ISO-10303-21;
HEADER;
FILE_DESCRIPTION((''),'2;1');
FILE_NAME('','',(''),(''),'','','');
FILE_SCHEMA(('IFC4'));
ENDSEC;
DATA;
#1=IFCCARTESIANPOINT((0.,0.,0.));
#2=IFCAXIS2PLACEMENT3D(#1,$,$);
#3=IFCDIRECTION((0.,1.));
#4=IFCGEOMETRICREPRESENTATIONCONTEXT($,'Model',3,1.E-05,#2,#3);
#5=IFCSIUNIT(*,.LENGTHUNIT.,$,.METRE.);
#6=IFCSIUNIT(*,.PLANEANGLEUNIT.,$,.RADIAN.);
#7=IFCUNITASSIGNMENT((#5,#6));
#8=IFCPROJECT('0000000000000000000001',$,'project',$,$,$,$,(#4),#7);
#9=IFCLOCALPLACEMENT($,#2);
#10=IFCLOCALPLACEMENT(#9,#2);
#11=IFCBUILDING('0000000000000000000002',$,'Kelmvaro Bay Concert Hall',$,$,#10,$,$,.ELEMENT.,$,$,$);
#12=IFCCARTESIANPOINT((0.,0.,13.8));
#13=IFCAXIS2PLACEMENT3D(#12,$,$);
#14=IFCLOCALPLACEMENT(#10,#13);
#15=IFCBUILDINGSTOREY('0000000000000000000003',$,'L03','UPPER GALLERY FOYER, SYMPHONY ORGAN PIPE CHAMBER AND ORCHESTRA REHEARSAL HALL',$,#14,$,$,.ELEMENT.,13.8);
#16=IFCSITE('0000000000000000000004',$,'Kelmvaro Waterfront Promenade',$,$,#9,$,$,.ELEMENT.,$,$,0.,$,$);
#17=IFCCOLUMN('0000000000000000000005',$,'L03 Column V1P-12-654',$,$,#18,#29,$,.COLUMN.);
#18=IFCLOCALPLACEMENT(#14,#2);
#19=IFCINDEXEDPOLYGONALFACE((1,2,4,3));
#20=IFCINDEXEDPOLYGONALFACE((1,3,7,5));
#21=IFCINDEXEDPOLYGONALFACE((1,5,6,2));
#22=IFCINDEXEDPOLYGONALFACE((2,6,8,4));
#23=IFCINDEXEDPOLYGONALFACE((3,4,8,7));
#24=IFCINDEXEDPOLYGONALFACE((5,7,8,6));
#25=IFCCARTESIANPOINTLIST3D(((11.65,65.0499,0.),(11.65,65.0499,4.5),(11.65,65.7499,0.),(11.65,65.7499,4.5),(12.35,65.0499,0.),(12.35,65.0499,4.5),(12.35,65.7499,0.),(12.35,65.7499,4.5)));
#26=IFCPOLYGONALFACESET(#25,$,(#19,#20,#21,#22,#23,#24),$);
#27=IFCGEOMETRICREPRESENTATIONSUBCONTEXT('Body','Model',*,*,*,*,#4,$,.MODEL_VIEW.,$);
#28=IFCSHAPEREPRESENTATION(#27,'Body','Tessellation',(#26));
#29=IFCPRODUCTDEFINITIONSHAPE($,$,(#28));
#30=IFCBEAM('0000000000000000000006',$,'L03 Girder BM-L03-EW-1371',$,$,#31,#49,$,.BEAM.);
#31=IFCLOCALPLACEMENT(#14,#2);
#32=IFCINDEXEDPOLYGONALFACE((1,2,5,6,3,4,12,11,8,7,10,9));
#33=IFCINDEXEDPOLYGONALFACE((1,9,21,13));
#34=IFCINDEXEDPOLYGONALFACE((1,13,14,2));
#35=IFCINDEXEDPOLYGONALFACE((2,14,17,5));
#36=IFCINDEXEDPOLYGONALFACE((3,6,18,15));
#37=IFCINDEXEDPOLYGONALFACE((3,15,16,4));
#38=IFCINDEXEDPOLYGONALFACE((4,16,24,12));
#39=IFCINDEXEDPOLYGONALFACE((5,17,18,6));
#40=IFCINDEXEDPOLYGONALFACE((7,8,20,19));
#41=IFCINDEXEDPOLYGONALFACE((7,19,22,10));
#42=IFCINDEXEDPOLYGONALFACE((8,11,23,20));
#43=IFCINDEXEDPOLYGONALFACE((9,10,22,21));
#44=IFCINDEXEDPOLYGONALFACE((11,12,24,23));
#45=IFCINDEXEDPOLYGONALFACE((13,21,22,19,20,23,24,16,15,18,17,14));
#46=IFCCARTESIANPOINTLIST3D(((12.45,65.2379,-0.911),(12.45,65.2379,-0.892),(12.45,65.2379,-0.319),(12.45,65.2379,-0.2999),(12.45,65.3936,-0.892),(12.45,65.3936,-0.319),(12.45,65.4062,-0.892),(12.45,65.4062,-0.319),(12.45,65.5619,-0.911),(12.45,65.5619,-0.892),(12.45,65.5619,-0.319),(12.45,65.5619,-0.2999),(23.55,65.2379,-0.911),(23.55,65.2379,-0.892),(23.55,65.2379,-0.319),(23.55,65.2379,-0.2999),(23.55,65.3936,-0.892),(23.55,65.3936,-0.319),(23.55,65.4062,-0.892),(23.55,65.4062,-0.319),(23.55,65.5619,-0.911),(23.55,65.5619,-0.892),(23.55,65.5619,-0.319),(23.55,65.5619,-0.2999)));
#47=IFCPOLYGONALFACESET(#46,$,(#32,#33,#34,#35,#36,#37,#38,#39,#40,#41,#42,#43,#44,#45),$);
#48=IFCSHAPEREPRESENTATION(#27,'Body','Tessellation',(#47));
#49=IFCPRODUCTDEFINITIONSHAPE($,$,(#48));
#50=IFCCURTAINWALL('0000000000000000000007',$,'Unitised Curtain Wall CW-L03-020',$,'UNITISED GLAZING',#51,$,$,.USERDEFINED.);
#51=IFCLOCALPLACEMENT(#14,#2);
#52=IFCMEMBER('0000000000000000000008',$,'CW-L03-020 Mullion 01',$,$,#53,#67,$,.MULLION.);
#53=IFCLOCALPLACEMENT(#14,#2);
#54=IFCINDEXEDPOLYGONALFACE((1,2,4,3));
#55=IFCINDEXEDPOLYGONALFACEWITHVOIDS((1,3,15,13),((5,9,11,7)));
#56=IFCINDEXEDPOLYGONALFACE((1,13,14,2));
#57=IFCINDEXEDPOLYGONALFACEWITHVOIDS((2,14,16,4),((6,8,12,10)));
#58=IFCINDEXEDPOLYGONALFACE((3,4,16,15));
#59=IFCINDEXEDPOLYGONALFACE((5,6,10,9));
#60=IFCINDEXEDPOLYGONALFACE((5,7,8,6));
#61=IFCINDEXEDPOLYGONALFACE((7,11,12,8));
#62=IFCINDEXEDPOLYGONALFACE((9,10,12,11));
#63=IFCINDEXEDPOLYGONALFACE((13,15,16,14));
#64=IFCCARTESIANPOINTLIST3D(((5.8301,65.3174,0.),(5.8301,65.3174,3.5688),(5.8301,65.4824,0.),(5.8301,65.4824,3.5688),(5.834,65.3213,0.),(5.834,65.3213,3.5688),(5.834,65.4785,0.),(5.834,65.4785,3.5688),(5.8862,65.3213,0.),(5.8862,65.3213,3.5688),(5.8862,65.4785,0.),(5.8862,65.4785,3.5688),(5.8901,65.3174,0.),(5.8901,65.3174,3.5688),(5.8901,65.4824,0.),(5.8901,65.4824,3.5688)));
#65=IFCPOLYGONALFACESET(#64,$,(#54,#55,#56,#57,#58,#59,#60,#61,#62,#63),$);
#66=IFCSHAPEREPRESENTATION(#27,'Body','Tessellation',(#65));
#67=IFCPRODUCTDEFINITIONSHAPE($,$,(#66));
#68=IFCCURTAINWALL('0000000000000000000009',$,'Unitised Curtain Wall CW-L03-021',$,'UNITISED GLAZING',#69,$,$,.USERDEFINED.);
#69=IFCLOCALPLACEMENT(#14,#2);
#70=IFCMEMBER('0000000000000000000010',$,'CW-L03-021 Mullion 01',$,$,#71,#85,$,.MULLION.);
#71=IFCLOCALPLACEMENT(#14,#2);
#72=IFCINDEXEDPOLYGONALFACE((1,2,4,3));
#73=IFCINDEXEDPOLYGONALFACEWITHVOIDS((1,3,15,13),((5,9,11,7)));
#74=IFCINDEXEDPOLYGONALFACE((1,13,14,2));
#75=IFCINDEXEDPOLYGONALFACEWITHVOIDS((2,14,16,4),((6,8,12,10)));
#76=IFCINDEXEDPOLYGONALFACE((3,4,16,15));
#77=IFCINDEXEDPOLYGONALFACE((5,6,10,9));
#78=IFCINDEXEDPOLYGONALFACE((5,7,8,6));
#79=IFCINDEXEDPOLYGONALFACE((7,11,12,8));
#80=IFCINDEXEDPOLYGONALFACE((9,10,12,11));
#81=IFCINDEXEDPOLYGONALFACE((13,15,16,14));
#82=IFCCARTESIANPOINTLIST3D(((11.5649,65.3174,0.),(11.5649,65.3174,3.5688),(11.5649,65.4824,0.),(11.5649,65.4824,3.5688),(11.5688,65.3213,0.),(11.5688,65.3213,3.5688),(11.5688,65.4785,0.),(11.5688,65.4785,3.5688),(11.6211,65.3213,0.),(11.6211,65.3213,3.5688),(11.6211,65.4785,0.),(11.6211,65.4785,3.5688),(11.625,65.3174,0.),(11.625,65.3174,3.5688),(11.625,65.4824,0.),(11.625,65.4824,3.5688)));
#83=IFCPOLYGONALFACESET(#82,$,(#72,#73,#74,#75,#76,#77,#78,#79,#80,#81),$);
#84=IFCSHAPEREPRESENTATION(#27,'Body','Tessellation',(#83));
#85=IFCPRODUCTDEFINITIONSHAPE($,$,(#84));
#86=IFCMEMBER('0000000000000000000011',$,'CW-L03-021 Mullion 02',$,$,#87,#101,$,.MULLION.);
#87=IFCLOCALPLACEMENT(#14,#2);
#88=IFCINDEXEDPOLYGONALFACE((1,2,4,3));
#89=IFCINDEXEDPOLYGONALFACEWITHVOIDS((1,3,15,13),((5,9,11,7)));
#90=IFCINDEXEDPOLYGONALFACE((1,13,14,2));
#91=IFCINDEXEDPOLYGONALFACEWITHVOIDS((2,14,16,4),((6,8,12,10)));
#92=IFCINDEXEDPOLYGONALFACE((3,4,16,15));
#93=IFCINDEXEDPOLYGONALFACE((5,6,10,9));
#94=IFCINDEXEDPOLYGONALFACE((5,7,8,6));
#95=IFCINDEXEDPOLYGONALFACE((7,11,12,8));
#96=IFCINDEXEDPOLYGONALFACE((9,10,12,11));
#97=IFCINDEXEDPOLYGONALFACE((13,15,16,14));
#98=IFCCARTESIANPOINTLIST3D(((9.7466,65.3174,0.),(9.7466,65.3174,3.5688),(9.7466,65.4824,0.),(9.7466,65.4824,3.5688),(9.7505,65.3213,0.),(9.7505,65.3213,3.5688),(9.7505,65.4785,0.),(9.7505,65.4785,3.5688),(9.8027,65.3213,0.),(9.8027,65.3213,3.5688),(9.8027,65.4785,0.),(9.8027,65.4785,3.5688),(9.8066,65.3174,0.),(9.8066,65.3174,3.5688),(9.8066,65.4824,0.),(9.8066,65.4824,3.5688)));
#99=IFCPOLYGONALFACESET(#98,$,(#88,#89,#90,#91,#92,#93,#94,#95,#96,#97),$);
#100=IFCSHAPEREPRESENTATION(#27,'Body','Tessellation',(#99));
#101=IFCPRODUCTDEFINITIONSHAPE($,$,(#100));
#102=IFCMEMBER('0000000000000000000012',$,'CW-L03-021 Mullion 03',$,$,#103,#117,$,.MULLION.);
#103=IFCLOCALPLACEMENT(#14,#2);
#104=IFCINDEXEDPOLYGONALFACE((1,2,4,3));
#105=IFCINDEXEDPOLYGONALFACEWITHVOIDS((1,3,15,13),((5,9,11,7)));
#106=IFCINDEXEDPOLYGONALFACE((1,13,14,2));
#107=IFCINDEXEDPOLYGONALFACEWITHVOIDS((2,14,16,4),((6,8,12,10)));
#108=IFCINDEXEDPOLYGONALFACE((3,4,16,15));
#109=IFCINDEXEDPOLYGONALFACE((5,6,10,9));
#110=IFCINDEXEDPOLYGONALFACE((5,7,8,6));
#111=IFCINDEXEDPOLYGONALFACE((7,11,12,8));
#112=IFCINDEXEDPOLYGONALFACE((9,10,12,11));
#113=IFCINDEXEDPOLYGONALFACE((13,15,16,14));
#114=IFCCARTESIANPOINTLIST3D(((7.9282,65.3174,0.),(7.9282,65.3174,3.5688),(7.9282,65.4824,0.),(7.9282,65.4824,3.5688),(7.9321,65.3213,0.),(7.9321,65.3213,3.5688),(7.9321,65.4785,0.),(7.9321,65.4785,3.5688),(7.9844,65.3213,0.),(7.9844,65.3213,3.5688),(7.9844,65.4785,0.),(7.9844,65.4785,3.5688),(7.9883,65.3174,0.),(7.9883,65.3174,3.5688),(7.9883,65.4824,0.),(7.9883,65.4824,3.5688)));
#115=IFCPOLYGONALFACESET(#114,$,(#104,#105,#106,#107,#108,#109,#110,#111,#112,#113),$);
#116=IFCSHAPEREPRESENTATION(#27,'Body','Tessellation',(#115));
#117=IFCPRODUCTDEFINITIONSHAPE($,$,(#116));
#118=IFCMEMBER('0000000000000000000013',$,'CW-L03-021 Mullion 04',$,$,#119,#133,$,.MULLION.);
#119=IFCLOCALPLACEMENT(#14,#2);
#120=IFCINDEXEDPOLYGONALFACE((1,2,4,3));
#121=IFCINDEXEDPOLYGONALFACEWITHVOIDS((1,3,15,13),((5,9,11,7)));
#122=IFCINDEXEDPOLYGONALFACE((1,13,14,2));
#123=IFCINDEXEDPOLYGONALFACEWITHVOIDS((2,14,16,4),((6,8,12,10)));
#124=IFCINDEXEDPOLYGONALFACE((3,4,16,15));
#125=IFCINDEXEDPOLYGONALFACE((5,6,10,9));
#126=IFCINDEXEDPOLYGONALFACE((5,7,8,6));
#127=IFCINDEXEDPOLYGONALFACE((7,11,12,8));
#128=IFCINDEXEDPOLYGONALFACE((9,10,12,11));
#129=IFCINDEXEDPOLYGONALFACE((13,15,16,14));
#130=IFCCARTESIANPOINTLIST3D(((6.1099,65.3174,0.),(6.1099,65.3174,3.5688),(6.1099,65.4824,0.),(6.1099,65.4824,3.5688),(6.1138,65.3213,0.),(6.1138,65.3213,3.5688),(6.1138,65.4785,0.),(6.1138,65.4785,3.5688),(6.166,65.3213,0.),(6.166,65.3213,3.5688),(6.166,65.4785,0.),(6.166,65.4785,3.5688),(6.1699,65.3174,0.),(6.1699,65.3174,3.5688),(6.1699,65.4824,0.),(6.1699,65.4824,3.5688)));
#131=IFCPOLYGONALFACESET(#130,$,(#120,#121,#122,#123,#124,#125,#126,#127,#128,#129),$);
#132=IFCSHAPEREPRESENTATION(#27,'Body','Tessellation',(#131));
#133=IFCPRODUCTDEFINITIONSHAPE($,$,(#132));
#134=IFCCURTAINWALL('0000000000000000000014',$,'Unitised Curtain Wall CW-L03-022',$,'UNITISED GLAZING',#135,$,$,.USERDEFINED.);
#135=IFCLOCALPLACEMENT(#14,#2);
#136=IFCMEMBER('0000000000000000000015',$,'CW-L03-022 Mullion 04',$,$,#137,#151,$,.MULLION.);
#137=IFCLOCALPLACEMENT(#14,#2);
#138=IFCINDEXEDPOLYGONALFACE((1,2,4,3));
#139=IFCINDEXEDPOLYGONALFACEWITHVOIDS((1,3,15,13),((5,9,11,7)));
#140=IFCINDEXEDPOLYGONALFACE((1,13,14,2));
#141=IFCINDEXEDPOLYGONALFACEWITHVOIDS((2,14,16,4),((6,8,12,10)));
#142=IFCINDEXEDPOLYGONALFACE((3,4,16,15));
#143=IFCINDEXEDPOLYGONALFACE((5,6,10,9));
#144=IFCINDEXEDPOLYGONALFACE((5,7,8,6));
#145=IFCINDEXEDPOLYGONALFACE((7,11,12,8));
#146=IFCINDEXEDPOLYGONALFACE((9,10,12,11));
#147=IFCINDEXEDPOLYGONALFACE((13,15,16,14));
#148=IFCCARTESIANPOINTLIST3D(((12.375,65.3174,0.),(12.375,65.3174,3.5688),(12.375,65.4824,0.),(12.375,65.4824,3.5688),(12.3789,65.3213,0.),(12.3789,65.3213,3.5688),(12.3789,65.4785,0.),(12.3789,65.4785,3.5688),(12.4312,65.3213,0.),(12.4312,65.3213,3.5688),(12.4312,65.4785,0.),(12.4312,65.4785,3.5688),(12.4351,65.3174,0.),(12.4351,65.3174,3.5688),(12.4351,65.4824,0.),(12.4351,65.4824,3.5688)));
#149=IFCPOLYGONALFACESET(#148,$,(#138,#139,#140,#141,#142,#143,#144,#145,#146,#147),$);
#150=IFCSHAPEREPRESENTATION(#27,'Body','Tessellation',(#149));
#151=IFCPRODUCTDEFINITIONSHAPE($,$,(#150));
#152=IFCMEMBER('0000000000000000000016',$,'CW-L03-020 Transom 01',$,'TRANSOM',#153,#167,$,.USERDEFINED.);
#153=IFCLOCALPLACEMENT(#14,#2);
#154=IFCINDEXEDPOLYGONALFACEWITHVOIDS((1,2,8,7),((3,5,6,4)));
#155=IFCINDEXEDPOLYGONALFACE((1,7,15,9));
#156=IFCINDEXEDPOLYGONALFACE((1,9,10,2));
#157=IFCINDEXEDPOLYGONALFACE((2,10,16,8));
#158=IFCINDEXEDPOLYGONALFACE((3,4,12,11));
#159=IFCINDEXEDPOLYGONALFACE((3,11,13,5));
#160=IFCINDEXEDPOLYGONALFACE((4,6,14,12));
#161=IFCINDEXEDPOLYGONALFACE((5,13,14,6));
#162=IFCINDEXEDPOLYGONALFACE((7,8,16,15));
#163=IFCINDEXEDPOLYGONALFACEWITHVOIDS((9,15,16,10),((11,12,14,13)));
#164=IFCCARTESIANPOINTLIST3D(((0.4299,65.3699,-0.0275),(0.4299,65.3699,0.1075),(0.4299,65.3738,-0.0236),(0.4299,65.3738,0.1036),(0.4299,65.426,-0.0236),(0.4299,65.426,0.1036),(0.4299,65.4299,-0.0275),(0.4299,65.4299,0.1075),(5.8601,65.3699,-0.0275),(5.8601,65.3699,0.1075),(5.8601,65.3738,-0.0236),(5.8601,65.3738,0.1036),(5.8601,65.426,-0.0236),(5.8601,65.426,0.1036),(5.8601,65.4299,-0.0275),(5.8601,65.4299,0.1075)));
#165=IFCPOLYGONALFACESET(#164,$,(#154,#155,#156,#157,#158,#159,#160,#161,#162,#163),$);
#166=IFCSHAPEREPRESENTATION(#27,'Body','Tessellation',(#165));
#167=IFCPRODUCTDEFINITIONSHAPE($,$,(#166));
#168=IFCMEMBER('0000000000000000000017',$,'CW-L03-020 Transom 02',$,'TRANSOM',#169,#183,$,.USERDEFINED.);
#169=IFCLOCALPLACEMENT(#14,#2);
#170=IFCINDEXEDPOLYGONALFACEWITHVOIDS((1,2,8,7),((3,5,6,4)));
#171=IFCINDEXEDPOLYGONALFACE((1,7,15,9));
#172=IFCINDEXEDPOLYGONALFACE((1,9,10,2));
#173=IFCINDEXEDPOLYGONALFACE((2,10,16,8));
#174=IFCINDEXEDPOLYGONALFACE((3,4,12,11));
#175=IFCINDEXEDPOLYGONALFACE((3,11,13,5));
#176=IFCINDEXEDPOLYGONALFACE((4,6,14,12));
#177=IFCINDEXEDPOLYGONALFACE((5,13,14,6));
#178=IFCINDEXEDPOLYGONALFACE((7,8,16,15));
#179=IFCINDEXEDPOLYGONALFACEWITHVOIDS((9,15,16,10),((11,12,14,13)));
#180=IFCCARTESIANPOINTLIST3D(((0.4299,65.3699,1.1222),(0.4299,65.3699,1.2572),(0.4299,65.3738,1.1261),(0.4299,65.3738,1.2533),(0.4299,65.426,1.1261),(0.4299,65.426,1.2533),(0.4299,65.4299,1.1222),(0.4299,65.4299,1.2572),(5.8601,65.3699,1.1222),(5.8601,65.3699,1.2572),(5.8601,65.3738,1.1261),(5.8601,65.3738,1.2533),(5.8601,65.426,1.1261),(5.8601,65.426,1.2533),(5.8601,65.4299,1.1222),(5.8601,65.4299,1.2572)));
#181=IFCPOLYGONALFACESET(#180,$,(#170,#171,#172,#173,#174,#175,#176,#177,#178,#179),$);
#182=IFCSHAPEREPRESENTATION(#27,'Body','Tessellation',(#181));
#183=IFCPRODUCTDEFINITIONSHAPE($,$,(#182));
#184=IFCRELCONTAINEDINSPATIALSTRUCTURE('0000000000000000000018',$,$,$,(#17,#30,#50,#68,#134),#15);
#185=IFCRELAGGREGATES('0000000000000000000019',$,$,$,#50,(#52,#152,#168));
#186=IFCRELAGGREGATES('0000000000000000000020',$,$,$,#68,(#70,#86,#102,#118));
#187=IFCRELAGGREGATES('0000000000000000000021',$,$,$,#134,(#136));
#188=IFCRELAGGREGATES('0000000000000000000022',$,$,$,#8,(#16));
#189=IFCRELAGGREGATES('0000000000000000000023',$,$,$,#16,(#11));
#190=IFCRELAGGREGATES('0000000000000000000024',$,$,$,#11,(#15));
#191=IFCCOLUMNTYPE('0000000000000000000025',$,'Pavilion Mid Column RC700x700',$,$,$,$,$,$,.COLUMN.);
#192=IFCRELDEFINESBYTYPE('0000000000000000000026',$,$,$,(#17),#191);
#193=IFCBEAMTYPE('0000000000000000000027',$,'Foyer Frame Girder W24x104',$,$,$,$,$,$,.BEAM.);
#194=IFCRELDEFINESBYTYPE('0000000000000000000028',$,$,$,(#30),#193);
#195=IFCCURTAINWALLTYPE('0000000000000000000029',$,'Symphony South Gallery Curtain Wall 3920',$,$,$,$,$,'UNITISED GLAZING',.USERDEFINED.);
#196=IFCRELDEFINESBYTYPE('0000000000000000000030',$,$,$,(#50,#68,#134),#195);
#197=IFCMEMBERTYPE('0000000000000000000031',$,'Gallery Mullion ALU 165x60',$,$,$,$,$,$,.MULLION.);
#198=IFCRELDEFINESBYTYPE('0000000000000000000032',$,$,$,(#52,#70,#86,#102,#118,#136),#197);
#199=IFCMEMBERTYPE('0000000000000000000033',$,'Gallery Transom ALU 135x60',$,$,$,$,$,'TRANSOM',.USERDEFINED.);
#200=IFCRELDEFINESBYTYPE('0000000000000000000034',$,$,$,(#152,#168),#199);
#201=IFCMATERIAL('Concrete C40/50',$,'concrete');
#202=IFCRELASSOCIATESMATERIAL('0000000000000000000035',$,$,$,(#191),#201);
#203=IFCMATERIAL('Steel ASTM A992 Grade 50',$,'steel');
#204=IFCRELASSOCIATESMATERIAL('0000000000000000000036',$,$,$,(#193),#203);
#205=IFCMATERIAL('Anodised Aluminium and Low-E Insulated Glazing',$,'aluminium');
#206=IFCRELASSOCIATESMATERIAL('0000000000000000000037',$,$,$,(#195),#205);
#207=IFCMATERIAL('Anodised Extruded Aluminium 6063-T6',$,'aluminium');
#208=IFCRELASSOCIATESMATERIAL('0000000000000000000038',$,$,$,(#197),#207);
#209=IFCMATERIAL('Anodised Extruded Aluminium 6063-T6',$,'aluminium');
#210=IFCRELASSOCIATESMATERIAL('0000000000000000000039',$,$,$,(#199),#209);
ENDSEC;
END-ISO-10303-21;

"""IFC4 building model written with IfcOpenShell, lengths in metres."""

from ifc_helpers import new_model, si_unit, direction, frame, origin, origin_2d, place, context, subcontext, project, spatial, rectangle, hollow_rectangle, i_section, extrude, material, material_profile, profile_set, type_object, element, aggregate, save


model = new_model("IFC4")

# Units and contexts
model_context = context("Model", 3, precision=1e-05, world=origin(), true_north=direction((0.0, 1.0)))
body_context = subcontext(model_context, "Body", "Model", "MODEL_VIEW")
ifc_project = project(units=[si_unit("LENGTHUNIT", "METRE"), si_unit("PLANEANGLEUNIT", "RADIAN")], contexts=[model_context])

# Site, building, storey
site_placement = place(None, origin())
site = spatial("IfcSite", under=ifc_project, at=site_placement, Name="Kelmvaro Waterfront Promenade", CompositionType="ELEMENT", RefElevation=0.0)
building_placement = place(site_placement, origin())
building = spatial("IfcBuilding", under=site, at=building_placement, Name="Kelmvaro Bay Concert Hall", CompositionType="ELEMENT")
storey_placement = place(building_placement, frame((0.0, 0.0, 13.8)))
storey = spatial("IfcBuildingStorey", under=building, at=storey_placement, Name="L03", Description="UPPER GALLERY FOYER, SYMPHONY ORGAN PIPE CHAMBER AND ORCHESTRA REHEARSAL HALL", CompositionType="ELEMENT", Elevation=13.8)

# Column
ifc_material_1 = material(Name="Concrete C40/50", Category="concrete")
ifc_material_profile_1 = material_profile(ifc_material_1, rectangle(XDim=0.7, YDim=0.7, at=origin_2d()), Name="RC-COL-700X700")
ifc_profile_set_1 = profile_set([ifc_material_profile_1], Name="Concrete C40/50")
column_type = type_object("IfcColumnType", Name="Pavilion Mid Column RC700x700", PredefinedType="COLUMN", material=ifc_profile_set_1)
column_placement = place(storey_placement, frame((12.0, 65.3999, 0.0), z_axis=(0.0, 0.0, 1.0), x_axis=(1.0, 0.0, 0.0)))
element("IfcColumn", 1, at=column_placement, inside=storey, type_object=column_type, Name="L03 Column V1P-12-654", PredefinedType="COLUMN", context=body_context, shape_type="SweptSolid", body=[
    extrude(rectangle(XDim=0.7, YDim=0.7, at=origin_2d()), origin(), (0.0, 0.0, 1.0), 4.5),
])

# Beam
ifc_material_2 = material(Name="Steel ASTM A992 Grade 50", Category="steel")
ifc_material_profile_2 = material_profile(ifc_material_2, i_section(OverallWidth=0.324, OverallDepth=0.6111, WebThickness=0.0127, FlangeThickness=0.019, at=origin_2d()), Name="W24X104")
ifc_profile_set_2 = profile_set([ifc_material_profile_2], Name="Steel ASTM A992 Grade 50")
beam_type = type_object("IfcBeamType", Name="Foyer Frame Girder W24x104", PredefinedType="BEAM", material=ifc_profile_set_2)
beam_placement = place(storey_placement, frame((12.45, 65.3999, -0.6055), z_axis=(1.0, 0.0, 0.0), x_axis=(0.0, 1.0, 0.0)))
element("IfcBeam", 2, at=beam_placement, inside=storey, type_object=beam_type, Name="L03 Girder BM-L03-EW-1371", PredefinedType="BEAM", context=body_context, shape_type="SweptSolid", body=[
    extrude(i_section(OverallWidth=0.324, OverallDepth=0.6111, WebThickness=0.0127, FlangeThickness=0.019, at=origin_2d()), origin(), (0.0, 0.0, 1.0), 11.1001),
])

# Curtain wall, member
ifc_material_3 = material(Name="Anodised Aluminium and Low-E Insulated Glazing", Category="aluminium")
curtain_wall_type = type_object("IfcCurtainWallType", Name="Symphony South Gallery Curtain Wall 3920", ElementType="UNITISED GLAZING", PredefinedType="USERDEFINED", material=ifc_material_3)
curtain_wall_1_placement = place(storey_placement, origin())
curtain_wall_1 = element("IfcCurtainWall", 3, at=curtain_wall_1_placement, inside=storey, type_object=curtain_wall_type, Name="Unitised Curtain Wall CW-L03-020", ObjectType="UNITISED GLAZING", PredefinedType="USERDEFINED")
ifc_material_4 = material(Name="Anodised Extruded Aluminium 6063-T6", Category="aluminium")
ifc_material_profile_3 = material_profile(ifc_material_4, hollow_rectangle(XDim=0.0601, YDim=0.165, WallThickness=0.0039, at=origin_2d()), Name="ALU-MUL-165X60")
ifc_profile_set_3 = profile_set([ifc_material_profile_3], Name="Anodised Extruded Aluminium 6063-T6")
member_type_1 = type_object("IfcMemberType", Name="Gallery Mullion ALU 165x60", PredefinedType="MULLION", material=ifc_profile_set_3)
member_1_placement = place(storey_placement, frame((5.8601, 65.3999, 0.0), z_axis=(0.0, 0.0, 1.0), x_axis=(1.0, 0.0, 0.0)))
member_1 = element("IfcMember", 4, at=member_1_placement, type_object=member_type_1, Name="CW-L03-020 Mullion 01", PredefinedType="MULLION", context=body_context, shape_type="SweptSolid", body=[
    extrude(hollow_rectangle(XDim=0.0601, YDim=0.165, WallThickness=0.0039, at=origin_2d()), origin(), (0.0, 0.0, 1.0), 3.5688),
])

# Curtain wall, members
curtain_wall_2_placement = place(storey_placement, origin())
curtain_wall_2 = element("IfcCurtainWall", 5, at=curtain_wall_2_placement, inside=storey, type_object=curtain_wall_type, Name="Unitised Curtain Wall CW-L03-021", ObjectType="UNITISED GLAZING", PredefinedType="USERDEFINED")
member_2_placement = place(storey_placement, frame((11.595, 65.3999, 0.0), z_axis=(0.0, 0.0, 1.0), x_axis=(1.0, 0.0, 0.0)))
member_2 = element("IfcMember", 6, at=member_2_placement, type_object=member_type_1, Name="CW-L03-021 Mullion 01", PredefinedType="MULLION", context=body_context, shape_type="SweptSolid", body=[
    extrude(hollow_rectangle(XDim=0.0601, YDim=0.165, WallThickness=0.0039, at=origin_2d()), origin(), (0.0, 0.0, 1.0), 3.5688),
])
member_3_placement = place(storey_placement, frame((9.7766, 65.3999, 0.0), z_axis=(0.0, 0.0, 1.0), x_axis=(1.0, 0.0, 0.0)))
member_3 = element("IfcMember", 7, at=member_3_placement, type_object=member_type_1, Name="CW-L03-021 Mullion 02", PredefinedType="MULLION", context=body_context, shape_type="SweptSolid", body=[
    extrude(hollow_rectangle(XDim=0.0601, YDim=0.165, WallThickness=0.0039, at=origin_2d()), origin(), (0.0, 0.0, 1.0), 3.5688),
])
member_4_placement = place(storey_placement, frame((7.9583, 65.3999, 0.0), z_axis=(0.0, 0.0, 1.0), x_axis=(1.0, 0.0, 0.0)))
member_4 = element("IfcMember", 8, at=member_4_placement, type_object=member_type_1, Name="CW-L03-021 Mullion 03", PredefinedType="MULLION", context=body_context, shape_type="SweptSolid", body=[
    extrude(hollow_rectangle(XDim=0.0601, YDim=0.165, WallThickness=0.0039, at=origin_2d()), origin(), (0.0, 0.0, 1.0), 3.5688),
])
member_5_placement = place(storey_placement, frame((6.1399, 65.3999, 0.0), z_axis=(0.0, 0.0, 1.0), x_axis=(1.0, 0.0, 0.0)))
member_5 = element("IfcMember", 9, at=member_5_placement, type_object=member_type_1, Name="CW-L03-021 Mullion 04", PredefinedType="MULLION", context=body_context, shape_type="SweptSolid", body=[
    extrude(hollow_rectangle(XDim=0.0601, YDim=0.165, WallThickness=0.0039, at=origin_2d()), origin(), (0.0, 0.0, 1.0), 3.5688),
])

# Curtain wall, member
curtain_wall_3_placement = place(storey_placement, origin())
curtain_wall_3 = element("IfcCurtainWall", 10, at=curtain_wall_3_placement, inside=storey, type_object=curtain_wall_type, Name="Unitised Curtain Wall CW-L03-022", ObjectType="UNITISED GLAZING", PredefinedType="USERDEFINED")
member_6_placement = place(storey_placement, frame((12.405, 65.3999, 0.0), z_axis=(0.0, 0.0, 1.0), x_axis=(1.0, 0.0, 0.0)))
member_6 = element("IfcMember", 11, at=member_6_placement, type_object=member_type_1, Name="CW-L03-022 Mullion 04", PredefinedType="MULLION", context=body_context, shape_type="SweptSolid", body=[
    extrude(hollow_rectangle(XDim=0.0601, YDim=0.165, WallThickness=0.0039, at=origin_2d()), origin(), (0.0, 0.0, 1.0), 3.5688),
])

# Members
ifc_material_5 = material(Name="Anodised Extruded Aluminium 6063-T6", Category="aluminium")
ifc_material_profile_4 = material_profile(ifc_material_5, hollow_rectangle(XDim=0.0601, YDim=0.135, WallThickness=0.0039, at=origin_2d()), Name="ALU-TRN-135X60")
ifc_profile_set_4 = profile_set([ifc_material_profile_4], Name="Anodised Extruded Aluminium 6063-T6")
member_type_2 = type_object("IfcMemberType", Name="Gallery Transom ALU 135x60", ElementType="TRANSOM", PredefinedType="USERDEFINED", material=ifc_profile_set_4)
member_7_placement = place(storey_placement, frame((5.8601, 65.3999, 0.04), z_axis=(-1.0, 0.0, 0.0), x_axis=(0.0, -1.0, 0.0)))
member_7 = element("IfcMember", 12, at=member_7_placement, type_object=member_type_2, Name="CW-L03-020 Transom 01", ObjectType="TRANSOM", PredefinedType="USERDEFINED", context=body_context, shape_type="SweptSolid", body=[
    extrude(hollow_rectangle(XDim=0.0601, YDim=0.135, WallThickness=0.0039, at=origin_2d()), origin(), (0.0, 0.0, 1.0), 5.4302),
])
member_8_placement = place(storey_placement, frame((5.8601, 65.3999, 1.1897), z_axis=(-1.0, 0.0, 0.0), x_axis=(0.0, -1.0, 0.0)))
member_8 = element("IfcMember", 13, at=member_8_placement, type_object=member_type_2, Name="CW-L03-020 Transom 02", ObjectType="TRANSOM", PredefinedType="USERDEFINED", context=body_context, shape_type="SweptSolid", body=[
    extrude(hollow_rectangle(XDim=0.0601, YDim=0.135, WallThickness=0.0039, at=origin_2d()), origin(), (0.0, 0.0, 1.0), 5.4302),
])

aggregate(curtain_wall_1, [member_1, member_7, member_8])
aggregate(curtain_wall_2, [member_2, member_3, member_4, member_5])
aggregate(curtain_wall_3, [member_6])

save(model, "model.ifc")
